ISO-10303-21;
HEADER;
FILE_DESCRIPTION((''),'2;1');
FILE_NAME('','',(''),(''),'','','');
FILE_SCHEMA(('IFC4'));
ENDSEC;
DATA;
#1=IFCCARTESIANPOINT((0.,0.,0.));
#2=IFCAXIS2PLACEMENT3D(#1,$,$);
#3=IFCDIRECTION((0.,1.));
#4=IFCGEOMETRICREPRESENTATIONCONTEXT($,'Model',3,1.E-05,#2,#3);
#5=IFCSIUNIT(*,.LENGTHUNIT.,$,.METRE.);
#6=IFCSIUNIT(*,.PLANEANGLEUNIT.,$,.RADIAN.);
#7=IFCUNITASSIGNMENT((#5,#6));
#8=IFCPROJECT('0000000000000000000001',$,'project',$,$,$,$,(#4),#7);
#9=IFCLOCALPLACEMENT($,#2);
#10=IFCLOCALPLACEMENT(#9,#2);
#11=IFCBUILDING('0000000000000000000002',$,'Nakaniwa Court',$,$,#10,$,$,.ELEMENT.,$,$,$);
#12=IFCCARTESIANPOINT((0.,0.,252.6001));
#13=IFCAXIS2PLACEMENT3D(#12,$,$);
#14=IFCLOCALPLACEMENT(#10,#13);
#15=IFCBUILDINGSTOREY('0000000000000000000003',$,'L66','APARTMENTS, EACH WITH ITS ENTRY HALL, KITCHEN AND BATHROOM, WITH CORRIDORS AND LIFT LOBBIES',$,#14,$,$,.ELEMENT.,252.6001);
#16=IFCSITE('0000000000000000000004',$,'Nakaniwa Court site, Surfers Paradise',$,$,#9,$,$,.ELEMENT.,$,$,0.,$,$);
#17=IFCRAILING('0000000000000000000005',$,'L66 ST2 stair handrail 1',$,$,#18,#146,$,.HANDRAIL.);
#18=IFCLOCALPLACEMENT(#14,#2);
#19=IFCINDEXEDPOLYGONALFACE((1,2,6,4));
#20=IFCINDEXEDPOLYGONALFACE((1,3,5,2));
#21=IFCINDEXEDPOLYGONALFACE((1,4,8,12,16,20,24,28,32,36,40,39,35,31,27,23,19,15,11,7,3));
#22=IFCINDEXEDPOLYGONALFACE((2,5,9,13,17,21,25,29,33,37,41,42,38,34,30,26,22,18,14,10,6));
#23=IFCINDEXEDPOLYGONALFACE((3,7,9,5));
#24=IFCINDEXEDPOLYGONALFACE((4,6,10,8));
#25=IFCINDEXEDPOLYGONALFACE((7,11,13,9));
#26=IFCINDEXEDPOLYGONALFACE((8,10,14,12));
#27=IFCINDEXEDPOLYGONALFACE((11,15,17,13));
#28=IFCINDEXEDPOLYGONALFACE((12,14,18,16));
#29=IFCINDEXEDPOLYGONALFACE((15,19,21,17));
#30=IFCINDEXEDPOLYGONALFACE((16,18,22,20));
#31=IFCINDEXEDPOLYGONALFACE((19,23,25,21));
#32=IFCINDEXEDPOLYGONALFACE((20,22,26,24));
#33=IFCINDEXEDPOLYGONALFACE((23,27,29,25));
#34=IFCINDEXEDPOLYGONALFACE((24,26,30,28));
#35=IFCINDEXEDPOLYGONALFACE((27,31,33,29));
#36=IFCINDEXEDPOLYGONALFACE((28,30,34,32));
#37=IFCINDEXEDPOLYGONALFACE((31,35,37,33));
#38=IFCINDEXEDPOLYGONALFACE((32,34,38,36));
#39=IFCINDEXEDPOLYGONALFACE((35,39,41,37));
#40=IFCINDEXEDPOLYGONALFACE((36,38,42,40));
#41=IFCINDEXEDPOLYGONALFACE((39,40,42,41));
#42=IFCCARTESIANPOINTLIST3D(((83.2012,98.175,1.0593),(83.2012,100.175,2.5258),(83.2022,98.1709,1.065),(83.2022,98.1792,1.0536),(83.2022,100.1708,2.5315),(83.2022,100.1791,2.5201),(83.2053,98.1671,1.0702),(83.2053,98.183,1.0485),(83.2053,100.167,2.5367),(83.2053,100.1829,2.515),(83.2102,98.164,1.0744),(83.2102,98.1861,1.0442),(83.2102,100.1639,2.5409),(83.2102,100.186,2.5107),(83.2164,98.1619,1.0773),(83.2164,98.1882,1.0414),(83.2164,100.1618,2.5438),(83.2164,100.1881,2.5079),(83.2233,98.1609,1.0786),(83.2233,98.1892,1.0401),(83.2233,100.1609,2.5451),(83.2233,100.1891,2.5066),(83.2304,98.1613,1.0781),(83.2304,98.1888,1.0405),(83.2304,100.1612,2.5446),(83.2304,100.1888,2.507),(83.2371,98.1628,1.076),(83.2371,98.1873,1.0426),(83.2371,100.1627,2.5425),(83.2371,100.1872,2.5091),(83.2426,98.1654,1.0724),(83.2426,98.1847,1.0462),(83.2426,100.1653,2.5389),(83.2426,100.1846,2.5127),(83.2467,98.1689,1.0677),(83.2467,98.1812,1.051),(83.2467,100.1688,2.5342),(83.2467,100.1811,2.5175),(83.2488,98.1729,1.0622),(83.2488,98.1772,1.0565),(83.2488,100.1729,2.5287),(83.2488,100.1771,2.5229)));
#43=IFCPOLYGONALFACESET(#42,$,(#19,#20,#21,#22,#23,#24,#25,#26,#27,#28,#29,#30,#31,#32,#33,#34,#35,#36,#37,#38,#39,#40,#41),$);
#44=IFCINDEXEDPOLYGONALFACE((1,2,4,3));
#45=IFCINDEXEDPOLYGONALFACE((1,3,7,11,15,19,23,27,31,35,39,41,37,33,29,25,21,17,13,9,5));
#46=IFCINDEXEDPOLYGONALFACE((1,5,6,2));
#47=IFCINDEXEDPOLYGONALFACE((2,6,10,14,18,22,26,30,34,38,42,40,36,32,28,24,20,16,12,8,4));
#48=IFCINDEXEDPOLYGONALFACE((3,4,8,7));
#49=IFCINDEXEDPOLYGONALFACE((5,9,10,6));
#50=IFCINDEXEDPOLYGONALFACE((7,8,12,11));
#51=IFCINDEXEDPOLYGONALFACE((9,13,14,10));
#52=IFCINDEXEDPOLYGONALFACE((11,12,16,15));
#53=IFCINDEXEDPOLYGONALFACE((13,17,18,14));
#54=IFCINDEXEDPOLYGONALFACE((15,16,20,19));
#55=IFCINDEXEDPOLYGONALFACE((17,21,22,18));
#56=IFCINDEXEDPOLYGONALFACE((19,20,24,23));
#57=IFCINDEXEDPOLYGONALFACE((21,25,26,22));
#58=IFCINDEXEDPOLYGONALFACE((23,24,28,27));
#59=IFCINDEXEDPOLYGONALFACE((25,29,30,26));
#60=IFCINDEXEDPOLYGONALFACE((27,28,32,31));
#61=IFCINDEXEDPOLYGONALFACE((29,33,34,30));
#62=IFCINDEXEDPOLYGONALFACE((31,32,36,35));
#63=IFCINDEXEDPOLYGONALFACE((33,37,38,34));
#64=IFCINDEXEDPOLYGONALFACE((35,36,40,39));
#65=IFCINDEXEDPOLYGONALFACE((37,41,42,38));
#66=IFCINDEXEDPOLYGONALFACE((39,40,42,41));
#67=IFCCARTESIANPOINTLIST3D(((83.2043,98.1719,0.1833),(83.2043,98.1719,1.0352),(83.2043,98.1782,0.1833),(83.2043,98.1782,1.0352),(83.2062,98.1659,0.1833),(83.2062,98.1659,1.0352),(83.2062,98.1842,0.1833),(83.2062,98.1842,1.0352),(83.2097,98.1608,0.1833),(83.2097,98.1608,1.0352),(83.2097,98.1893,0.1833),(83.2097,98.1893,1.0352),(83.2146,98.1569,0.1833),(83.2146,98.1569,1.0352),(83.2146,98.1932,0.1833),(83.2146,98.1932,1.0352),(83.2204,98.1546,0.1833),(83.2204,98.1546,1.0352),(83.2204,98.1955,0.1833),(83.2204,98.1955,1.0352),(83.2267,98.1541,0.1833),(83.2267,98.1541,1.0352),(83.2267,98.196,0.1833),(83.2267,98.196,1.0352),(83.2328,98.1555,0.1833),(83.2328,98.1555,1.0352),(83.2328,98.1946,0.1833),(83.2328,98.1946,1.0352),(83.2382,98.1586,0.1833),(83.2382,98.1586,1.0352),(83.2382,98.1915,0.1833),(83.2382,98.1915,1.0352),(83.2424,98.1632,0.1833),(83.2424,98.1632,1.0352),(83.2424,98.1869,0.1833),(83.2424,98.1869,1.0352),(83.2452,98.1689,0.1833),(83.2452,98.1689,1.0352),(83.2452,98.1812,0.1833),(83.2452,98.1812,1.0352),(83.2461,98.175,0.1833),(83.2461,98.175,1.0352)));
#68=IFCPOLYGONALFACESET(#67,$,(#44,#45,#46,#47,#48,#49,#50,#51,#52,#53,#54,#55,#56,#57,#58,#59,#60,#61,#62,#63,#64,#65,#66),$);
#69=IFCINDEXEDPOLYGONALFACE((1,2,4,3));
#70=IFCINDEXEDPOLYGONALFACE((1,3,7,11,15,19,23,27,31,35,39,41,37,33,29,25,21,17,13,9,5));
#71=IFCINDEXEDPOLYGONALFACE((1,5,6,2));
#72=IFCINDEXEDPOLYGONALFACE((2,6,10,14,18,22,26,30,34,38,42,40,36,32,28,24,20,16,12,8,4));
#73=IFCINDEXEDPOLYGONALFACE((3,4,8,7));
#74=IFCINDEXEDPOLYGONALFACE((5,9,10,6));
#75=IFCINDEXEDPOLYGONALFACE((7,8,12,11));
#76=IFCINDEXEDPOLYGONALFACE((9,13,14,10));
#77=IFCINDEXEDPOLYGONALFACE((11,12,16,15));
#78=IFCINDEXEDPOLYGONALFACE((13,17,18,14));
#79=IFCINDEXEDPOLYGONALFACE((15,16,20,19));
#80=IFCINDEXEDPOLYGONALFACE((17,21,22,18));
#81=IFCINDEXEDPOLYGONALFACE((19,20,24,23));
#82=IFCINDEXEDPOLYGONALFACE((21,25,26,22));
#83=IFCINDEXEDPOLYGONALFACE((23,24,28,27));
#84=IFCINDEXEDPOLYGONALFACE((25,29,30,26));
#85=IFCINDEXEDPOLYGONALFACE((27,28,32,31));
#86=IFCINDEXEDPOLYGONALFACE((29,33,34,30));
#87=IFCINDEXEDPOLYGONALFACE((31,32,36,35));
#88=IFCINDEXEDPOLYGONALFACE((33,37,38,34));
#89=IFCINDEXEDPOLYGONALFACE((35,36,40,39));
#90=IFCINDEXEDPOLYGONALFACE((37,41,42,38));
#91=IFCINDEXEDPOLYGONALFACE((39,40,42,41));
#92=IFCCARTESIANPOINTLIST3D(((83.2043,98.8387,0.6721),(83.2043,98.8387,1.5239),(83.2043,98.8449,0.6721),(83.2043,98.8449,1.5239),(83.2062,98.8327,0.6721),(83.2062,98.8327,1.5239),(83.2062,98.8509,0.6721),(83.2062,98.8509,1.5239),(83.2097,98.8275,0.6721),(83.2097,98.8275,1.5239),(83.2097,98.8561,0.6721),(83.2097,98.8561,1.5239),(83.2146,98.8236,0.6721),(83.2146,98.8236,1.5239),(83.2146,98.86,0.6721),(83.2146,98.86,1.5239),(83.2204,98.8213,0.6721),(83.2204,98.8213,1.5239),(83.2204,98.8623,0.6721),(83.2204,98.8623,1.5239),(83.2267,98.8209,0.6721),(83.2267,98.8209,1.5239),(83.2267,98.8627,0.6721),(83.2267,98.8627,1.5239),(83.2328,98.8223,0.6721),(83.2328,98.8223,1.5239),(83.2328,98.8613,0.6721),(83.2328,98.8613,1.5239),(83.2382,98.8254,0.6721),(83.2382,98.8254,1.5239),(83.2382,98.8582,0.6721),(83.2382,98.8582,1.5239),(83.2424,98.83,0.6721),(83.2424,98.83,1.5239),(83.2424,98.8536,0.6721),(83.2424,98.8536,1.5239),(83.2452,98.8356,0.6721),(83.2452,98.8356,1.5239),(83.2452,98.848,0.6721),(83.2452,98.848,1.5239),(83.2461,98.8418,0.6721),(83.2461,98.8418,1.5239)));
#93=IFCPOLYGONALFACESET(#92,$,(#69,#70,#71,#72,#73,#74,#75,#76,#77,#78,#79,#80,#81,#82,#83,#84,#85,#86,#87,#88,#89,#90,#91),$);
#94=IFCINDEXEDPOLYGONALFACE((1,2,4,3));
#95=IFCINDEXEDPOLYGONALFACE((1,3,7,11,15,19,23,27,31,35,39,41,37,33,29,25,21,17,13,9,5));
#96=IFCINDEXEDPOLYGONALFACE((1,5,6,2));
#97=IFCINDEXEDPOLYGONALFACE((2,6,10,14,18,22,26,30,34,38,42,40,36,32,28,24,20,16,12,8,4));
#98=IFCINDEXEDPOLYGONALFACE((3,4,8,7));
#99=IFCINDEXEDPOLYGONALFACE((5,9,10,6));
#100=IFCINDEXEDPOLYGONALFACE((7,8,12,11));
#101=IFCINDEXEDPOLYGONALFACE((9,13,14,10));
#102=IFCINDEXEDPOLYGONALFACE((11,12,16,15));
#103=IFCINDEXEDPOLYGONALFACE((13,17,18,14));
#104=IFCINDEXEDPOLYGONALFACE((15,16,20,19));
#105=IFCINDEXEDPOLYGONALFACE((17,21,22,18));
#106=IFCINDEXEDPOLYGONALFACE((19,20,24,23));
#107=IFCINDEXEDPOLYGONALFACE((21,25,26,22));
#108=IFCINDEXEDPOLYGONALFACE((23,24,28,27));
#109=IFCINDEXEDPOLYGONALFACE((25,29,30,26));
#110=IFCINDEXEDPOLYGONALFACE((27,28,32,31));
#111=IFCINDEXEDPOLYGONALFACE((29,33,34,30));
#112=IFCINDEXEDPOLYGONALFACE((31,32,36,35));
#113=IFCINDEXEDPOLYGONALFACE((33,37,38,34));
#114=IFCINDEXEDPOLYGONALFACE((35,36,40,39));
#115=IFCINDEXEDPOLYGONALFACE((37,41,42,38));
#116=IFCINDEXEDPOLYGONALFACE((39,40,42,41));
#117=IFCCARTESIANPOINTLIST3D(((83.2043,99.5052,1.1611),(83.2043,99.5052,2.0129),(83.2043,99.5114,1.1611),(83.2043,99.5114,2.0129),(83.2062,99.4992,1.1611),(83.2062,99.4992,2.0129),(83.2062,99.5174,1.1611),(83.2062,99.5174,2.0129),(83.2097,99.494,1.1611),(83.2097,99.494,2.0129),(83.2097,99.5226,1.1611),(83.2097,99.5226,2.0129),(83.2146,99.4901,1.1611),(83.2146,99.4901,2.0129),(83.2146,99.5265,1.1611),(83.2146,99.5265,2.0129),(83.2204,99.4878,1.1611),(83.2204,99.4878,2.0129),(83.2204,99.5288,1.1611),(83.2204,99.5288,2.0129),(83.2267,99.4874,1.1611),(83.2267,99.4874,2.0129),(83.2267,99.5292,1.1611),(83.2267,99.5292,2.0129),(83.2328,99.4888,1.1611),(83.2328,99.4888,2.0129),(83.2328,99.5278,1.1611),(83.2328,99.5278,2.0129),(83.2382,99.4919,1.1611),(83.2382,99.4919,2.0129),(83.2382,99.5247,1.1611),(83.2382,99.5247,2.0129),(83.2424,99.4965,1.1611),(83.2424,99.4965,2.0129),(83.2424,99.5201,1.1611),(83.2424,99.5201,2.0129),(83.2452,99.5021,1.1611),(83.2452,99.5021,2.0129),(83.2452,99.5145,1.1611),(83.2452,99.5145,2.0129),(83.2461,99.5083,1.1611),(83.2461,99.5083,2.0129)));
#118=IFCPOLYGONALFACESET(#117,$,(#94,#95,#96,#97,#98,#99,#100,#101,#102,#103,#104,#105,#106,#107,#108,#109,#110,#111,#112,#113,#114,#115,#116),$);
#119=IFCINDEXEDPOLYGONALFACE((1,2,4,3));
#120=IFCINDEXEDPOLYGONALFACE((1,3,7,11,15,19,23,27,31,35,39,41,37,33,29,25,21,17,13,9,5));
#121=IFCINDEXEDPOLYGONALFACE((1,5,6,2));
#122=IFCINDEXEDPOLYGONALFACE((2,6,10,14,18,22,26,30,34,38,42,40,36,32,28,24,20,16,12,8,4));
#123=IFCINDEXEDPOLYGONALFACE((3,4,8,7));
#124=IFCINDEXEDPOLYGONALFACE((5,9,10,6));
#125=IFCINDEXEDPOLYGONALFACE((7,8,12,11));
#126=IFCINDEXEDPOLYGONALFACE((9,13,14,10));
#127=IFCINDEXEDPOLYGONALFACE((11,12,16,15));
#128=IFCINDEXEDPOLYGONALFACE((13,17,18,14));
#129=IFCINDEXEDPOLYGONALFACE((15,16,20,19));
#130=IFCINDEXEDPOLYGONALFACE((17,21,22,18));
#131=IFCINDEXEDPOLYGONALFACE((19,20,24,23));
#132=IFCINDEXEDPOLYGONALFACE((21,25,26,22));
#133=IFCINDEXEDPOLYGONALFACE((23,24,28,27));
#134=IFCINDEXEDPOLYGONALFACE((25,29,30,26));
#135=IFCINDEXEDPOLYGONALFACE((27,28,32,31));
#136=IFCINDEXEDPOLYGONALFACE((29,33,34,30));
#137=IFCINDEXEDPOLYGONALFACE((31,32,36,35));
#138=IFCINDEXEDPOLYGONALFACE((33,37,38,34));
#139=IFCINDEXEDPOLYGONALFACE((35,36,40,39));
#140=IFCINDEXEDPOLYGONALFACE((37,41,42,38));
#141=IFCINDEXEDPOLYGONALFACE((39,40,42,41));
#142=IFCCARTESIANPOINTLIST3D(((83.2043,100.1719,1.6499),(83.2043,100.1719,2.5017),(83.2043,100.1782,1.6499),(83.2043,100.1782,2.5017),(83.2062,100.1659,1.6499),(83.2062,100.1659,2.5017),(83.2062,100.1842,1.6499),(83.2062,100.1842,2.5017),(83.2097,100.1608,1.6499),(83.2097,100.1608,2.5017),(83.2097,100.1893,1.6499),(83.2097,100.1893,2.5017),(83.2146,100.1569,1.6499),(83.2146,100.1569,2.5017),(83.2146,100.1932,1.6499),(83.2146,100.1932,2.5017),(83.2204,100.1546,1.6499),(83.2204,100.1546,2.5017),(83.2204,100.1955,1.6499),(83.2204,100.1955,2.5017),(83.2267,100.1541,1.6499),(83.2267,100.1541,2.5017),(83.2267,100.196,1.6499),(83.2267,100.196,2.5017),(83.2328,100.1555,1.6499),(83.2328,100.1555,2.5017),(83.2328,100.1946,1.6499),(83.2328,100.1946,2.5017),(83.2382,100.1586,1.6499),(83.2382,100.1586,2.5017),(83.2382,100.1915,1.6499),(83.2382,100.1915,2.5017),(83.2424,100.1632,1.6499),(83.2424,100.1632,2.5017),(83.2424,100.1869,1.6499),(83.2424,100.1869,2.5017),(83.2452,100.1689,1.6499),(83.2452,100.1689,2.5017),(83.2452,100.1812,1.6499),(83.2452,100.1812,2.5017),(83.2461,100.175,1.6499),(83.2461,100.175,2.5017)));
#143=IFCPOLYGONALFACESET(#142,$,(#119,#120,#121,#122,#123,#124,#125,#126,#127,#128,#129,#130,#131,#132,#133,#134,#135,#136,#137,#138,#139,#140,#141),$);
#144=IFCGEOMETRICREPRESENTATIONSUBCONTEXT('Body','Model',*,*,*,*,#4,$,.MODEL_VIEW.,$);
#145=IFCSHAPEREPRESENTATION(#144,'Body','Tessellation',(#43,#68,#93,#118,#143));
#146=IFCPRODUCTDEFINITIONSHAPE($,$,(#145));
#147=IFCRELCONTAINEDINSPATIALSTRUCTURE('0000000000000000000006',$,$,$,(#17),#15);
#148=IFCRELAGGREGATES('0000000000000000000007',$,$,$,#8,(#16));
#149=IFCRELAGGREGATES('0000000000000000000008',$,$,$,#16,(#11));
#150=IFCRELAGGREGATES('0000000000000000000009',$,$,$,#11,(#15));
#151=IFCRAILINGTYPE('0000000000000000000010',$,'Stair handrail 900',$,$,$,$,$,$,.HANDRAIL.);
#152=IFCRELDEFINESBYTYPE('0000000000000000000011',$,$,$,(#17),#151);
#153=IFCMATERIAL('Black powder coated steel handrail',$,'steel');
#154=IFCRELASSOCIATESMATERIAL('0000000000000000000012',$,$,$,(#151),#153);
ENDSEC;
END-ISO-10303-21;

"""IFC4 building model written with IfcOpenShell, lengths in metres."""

from ifc_helpers import new_model, si_unit, direction, frame, origin, origin_2d, place, context, subcontext, project, spatial, circle, extrude, material, type_object, element, save


model = new_model("IFC4")

# Units and contexts
model_context = context("Model", 3, precision=1e-05, world=origin(), true_north=direction((0.0, 1.0)))
body_context = subcontext(model_context, "Body", "Model", "MODEL_VIEW")
ifc_project = project(units=[si_unit("LENGTHUNIT", "METRE"), si_unit("PLANEANGLEUNIT", "RADIAN")], contexts=[model_context])

# Site, building, storey
site_placement = place(None, origin())
site = spatial("IfcSite", under=ifc_project, at=site_placement, Name="Nakaniwa Court site, Surfers Paradise", CompositionType="ELEMENT", RefElevation=0.0)
building_placement = place(site_placement, origin())
building = spatial("IfcBuilding", under=site, at=building_placement, Name="Nakaniwa Court", CompositionType="ELEMENT")
storey_placement = place(building_placement, frame((0.0, 0.0, 252.6001)))
storey = spatial("IfcBuildingStorey", under=building, at=storey_placement, Name="L66", Description="APARTMENTS, EACH WITH ITS ENTRY HALL, KITCHEN AND BATHROOM, WITH CORRIDORS AND LIFT LOBBIES", CompositionType="ELEMENT", Elevation=252.6001)

# Railing
ifc_material_1 = material(Name="Black powder coated steel handrail", Category="steel")
railing_type_1 = type_object("IfcRailingType", Name="Stair handrail 900", PredefinedType="HANDRAIL", material=ifc_material_1)
railing_1_placement = place(storey_placement, frame((83.2251, 98.175, 0.1833)))
element("IfcRailing", 1, at=railing_1_placement, inside=storey, type_object=railing_type_1, Name="L66 ST2 stair handrail 1", PredefinedType="HANDRAIL", context=body_context, shape_type="SweptSolid", body=[
    extrude(circle(Radius=0.0239, at=origin_2d()), frame((0.0, 0.0, 0.876), z_axis=(0.0, 0.806427, 0.591334), x_axis=(-1.0, 0.0, 0.0)), (0.0, 0.0, 1.0), 2.48),
    extrude(circle(Radius=0.021, at=origin_2d()), origin(), (0.0, 0.0, 1.0), 0.8518),
    extrude(circle(Radius=0.021, at=origin_2d()), frame((0.0, 0.6667, 0.4888)), (0.0, 0.0, 1.0), 0.8518),
    extrude(circle(Radius=0.021, at=origin_2d()), frame((0.0, 1.3333, 0.9778)), (0.0, 0.0, 1.0), 0.8518),
    extrude(circle(Radius=0.021, at=origin_2d()), frame((0.0, 2.0, 1.4666)), (0.0, 0.0, 1.0), 0.8518),
])

save(model, "model.ifc")
